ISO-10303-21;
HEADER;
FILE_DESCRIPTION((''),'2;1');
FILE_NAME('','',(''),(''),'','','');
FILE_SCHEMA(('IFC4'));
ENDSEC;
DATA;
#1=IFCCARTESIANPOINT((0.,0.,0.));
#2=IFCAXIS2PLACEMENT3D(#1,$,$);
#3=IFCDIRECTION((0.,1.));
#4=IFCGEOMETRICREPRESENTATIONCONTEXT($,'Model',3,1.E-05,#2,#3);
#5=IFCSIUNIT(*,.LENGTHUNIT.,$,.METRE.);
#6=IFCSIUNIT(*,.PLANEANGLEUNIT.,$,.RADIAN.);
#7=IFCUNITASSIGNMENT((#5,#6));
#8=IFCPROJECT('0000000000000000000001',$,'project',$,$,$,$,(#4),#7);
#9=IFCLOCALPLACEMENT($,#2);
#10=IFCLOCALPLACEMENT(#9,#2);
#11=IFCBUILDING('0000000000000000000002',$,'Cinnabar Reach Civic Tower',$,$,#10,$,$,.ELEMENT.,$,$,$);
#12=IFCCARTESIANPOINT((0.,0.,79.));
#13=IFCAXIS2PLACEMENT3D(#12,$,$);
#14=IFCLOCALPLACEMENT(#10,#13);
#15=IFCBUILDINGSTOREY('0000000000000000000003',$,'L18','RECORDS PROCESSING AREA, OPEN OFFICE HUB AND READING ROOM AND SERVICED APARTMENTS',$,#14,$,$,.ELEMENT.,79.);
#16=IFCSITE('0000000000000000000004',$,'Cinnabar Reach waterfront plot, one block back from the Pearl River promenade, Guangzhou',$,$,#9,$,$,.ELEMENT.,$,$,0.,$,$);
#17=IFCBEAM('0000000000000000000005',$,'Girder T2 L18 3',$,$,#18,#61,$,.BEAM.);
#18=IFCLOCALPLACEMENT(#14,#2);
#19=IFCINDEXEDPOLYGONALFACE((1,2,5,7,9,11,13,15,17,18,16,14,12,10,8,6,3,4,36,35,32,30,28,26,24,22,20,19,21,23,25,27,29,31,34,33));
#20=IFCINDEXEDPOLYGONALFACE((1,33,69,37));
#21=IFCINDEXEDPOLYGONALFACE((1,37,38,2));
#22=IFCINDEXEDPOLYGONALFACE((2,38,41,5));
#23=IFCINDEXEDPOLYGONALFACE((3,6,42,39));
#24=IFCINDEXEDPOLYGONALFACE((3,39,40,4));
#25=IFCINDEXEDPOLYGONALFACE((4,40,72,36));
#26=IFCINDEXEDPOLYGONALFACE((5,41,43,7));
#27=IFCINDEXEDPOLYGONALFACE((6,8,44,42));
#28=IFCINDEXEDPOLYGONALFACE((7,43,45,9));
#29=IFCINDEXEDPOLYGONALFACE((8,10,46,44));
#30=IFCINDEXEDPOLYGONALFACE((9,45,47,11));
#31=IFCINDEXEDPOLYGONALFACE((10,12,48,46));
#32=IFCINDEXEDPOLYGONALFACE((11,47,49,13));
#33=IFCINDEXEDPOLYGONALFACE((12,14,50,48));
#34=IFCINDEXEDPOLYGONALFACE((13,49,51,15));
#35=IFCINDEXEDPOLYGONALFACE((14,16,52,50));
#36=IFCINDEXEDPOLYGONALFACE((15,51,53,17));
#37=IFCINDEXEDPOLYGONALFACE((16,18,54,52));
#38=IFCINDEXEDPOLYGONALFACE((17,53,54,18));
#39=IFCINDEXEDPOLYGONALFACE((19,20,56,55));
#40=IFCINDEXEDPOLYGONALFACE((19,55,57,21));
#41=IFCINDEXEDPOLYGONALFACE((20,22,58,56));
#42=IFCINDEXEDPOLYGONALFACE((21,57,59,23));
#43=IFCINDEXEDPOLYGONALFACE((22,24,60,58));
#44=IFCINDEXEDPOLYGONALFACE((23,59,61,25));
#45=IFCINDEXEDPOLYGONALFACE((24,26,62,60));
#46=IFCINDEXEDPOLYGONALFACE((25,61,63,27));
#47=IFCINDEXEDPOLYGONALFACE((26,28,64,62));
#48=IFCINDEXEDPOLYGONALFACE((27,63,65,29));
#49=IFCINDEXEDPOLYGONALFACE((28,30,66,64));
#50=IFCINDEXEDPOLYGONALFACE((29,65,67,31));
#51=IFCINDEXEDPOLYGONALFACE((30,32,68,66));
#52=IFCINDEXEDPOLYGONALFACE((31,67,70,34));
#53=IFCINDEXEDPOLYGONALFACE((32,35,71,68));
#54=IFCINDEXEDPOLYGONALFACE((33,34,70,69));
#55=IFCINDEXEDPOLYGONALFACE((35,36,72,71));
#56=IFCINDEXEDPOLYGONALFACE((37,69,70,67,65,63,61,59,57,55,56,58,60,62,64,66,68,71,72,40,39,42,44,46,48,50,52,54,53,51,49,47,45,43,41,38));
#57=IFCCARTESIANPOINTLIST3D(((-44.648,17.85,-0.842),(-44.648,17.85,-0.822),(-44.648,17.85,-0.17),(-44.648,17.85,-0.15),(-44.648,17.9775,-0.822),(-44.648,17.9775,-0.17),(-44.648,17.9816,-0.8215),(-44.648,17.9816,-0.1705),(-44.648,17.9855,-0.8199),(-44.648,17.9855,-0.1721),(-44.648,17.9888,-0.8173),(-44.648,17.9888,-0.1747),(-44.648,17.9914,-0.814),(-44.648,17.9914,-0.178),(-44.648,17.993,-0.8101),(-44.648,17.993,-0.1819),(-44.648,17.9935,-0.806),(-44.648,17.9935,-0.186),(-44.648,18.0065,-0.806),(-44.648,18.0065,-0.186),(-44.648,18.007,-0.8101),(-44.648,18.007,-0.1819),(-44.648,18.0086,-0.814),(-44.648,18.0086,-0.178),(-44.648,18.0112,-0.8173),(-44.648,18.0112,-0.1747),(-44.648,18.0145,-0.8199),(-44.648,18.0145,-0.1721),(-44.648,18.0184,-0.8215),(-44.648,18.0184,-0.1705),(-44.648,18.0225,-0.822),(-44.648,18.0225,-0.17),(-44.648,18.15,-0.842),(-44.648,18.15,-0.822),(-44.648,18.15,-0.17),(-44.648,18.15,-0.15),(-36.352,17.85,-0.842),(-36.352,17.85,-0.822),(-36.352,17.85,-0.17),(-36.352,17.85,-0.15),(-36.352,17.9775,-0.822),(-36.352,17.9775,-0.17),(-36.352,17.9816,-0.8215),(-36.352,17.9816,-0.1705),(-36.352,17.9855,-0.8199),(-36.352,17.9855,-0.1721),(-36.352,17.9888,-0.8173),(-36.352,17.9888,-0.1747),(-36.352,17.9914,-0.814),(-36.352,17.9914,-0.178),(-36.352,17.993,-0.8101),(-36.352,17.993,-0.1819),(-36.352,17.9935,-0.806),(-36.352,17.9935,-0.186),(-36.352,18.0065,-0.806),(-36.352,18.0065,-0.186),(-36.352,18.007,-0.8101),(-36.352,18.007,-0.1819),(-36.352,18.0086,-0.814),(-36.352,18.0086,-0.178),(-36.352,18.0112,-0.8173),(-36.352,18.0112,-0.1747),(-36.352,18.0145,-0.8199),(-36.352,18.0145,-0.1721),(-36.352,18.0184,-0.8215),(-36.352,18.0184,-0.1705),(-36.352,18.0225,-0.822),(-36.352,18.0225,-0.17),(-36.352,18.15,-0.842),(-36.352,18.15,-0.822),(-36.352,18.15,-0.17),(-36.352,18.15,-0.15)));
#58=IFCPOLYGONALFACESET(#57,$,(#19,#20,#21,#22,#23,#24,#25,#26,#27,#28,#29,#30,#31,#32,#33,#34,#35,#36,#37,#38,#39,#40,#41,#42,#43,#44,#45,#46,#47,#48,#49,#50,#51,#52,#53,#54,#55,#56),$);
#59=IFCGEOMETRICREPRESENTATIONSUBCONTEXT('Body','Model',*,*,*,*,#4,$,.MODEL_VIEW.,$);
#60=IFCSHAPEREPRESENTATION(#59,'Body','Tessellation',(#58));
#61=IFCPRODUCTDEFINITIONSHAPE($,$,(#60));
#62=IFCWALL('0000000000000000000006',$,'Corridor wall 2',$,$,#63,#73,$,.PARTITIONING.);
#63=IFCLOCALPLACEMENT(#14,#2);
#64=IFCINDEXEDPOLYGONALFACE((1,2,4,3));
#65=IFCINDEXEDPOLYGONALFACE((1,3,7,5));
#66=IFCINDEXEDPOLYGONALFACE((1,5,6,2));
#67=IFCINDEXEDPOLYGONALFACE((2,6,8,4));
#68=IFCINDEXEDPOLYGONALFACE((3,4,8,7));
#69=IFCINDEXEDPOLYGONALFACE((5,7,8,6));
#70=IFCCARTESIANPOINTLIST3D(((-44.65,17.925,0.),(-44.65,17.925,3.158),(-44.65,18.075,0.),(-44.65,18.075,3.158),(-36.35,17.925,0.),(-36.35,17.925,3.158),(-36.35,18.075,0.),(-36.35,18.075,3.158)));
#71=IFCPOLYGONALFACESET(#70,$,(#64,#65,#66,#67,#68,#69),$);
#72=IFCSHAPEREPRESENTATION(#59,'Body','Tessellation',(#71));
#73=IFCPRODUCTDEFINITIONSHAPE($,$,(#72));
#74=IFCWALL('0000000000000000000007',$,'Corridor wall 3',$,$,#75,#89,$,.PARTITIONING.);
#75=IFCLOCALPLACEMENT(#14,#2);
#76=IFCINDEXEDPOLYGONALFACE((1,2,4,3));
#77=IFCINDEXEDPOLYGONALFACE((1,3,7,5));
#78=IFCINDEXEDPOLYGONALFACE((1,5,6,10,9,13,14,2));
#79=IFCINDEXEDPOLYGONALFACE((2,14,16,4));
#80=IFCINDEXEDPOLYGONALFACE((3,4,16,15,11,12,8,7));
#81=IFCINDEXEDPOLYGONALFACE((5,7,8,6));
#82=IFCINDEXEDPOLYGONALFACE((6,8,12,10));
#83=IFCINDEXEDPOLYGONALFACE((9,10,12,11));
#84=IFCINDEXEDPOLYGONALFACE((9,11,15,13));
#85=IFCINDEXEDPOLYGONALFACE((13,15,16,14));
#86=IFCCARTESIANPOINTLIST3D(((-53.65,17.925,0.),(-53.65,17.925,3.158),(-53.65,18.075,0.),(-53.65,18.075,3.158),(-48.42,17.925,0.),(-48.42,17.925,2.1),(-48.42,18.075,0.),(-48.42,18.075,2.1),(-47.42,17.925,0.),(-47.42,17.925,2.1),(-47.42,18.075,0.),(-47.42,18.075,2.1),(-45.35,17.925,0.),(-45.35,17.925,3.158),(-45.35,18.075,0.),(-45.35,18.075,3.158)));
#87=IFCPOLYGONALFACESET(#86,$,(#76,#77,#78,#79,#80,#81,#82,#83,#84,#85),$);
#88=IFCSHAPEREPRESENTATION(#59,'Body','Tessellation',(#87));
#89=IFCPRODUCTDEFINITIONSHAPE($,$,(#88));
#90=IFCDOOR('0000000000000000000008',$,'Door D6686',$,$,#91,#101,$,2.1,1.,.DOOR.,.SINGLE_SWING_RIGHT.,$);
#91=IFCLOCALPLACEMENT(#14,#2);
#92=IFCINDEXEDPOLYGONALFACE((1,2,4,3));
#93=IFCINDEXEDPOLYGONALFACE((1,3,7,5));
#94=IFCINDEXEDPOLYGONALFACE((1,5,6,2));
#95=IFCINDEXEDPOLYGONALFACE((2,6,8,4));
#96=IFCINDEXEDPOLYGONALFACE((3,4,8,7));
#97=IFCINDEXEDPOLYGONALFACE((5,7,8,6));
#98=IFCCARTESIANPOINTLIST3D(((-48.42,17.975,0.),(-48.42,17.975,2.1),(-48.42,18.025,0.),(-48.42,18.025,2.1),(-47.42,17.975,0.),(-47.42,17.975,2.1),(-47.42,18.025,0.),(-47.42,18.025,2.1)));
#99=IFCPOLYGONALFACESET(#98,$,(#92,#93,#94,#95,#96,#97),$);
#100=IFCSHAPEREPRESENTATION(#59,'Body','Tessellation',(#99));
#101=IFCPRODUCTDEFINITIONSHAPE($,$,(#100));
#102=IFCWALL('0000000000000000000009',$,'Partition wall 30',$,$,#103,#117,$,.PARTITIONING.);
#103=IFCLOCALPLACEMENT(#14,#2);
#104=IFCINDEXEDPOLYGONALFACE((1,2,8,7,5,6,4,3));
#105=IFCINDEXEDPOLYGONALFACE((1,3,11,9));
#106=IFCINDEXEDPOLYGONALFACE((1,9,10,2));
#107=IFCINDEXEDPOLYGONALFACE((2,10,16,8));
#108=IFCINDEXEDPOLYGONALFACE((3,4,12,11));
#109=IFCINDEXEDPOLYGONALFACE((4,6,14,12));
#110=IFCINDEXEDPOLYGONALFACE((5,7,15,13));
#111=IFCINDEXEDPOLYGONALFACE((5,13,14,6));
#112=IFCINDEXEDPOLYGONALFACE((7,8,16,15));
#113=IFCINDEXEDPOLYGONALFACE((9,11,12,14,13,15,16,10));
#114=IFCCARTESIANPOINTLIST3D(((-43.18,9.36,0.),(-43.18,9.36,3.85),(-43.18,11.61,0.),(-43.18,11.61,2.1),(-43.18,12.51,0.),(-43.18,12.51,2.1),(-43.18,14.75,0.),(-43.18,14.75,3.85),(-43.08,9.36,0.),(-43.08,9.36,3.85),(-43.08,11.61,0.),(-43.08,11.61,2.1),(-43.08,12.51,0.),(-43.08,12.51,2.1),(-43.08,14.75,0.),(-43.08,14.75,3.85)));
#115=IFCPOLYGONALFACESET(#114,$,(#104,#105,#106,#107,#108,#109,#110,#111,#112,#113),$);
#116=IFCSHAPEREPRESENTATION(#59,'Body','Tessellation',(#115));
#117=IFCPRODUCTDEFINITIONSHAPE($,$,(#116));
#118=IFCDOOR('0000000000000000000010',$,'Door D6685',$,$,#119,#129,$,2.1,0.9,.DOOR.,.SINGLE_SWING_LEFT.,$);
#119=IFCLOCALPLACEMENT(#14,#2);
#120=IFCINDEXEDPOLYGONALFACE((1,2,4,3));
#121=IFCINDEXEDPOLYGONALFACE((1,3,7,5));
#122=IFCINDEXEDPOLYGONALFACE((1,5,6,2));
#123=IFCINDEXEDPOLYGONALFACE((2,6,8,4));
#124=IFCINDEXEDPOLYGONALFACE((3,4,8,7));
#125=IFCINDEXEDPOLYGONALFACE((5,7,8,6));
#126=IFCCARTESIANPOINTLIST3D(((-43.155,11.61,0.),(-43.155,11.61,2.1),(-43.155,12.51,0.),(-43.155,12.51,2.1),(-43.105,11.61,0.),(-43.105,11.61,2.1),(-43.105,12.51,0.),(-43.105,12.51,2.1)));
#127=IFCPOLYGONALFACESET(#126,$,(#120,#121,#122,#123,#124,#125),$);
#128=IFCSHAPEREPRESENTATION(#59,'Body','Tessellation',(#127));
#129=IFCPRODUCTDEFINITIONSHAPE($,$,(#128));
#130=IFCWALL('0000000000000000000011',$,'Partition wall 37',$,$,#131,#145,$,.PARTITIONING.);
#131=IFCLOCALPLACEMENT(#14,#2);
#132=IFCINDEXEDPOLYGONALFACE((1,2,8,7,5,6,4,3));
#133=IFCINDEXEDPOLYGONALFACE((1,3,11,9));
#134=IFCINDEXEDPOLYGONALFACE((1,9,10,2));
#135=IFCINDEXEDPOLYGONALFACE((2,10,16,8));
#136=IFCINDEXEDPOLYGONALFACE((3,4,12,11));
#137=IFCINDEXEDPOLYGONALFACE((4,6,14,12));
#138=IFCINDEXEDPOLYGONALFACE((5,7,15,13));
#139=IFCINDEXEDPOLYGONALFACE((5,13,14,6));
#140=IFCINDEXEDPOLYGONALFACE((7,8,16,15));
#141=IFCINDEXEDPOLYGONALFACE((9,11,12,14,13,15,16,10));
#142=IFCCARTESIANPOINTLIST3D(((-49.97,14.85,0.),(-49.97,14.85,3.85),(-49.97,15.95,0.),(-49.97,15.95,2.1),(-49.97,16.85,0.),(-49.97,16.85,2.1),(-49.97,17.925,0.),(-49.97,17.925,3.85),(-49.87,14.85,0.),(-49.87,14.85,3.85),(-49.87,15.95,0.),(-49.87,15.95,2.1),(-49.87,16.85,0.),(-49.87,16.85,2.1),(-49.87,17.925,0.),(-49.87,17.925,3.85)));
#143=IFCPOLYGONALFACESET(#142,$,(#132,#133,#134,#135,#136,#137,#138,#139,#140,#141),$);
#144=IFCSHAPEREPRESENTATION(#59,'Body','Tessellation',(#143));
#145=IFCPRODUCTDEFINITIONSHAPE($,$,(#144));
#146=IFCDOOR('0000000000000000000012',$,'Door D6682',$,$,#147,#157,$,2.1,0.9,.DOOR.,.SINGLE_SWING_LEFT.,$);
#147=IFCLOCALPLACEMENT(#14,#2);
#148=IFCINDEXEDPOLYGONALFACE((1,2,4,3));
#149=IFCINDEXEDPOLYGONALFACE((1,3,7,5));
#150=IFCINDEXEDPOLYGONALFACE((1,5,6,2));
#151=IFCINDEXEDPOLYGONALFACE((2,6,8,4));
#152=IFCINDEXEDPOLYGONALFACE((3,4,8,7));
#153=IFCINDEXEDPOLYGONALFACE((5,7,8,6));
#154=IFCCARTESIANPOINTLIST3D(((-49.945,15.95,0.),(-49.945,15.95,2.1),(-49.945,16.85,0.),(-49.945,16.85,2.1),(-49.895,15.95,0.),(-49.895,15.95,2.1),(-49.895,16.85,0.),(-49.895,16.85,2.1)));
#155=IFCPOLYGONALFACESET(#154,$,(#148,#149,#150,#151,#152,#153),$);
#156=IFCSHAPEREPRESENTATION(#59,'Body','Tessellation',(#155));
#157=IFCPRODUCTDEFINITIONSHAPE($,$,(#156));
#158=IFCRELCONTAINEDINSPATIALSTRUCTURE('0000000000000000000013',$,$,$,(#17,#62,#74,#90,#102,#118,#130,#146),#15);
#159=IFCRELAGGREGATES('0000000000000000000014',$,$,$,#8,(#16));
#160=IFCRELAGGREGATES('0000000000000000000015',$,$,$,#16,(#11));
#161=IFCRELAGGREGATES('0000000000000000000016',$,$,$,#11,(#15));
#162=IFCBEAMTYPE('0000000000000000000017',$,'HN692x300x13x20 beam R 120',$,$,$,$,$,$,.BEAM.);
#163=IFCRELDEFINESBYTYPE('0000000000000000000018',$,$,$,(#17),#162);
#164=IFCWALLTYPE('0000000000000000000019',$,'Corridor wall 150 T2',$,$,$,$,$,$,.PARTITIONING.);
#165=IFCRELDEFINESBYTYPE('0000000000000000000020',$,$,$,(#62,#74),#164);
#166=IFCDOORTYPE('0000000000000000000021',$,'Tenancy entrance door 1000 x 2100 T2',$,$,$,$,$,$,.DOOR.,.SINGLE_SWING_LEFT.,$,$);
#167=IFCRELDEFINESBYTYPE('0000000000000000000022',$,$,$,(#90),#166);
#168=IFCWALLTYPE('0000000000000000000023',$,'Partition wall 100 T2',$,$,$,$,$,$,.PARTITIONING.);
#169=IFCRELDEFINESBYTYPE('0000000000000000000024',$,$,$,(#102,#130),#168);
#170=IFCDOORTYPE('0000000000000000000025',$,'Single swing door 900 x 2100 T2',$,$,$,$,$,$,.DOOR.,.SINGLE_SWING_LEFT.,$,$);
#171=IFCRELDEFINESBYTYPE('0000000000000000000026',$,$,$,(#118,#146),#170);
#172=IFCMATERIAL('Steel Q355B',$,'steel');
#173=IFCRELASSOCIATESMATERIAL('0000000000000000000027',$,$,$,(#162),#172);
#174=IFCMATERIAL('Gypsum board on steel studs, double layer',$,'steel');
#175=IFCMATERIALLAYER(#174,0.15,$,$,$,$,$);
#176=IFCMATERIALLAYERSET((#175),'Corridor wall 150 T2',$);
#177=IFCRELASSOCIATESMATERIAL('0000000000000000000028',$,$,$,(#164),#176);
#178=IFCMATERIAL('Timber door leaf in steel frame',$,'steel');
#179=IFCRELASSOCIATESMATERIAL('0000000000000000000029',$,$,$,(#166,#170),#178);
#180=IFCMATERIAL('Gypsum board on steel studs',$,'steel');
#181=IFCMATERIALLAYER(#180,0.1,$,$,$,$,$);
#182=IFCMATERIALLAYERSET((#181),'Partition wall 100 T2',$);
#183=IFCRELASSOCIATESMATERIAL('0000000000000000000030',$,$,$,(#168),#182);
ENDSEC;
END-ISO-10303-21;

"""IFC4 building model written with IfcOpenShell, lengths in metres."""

from ifc_helpers import new_model, si_unit, direction, frame, frame_2d, origin, origin_2d, place, context, subcontext, project, spatial, rectangle, i_section, extrude, material, layer, layer_set, material_profile, profile_set, type_object, element, fill, save


model = new_model("IFC4")

# Units and contexts
model_context = context("Model", 3, precision=1e-05, world=origin(), true_north=direction((0.0, 1.0)))
body_context = subcontext(model_context, "Body", "Model", "MODEL_VIEW")
ifc_project = project(units=[si_unit("LENGTHUNIT", "METRE"), si_unit("PLANEANGLEUNIT", "RADIAN")], contexts=[model_context])

# Site, building, storey
site_placement = place(None, origin())
site = spatial("IfcSite", under=ifc_project, at=site_placement, Name="Cinnabar Reach waterfront plot, one block back from the Pearl River promenade, Guangzhou", CompositionType="ELEMENT", RefElevation=0.0)
building_placement = place(site_placement, origin())
building = spatial("IfcBuilding", under=site, at=building_placement, Name="Cinnabar Reach Civic Tower", CompositionType="ELEMENT")
storey_placement = place(building_placement, frame((0.0, 0.0, 79.0)))
storey = spatial("IfcBuildingStorey", under=building, at=storey_placement, Name="L18", Description="RECORDS PROCESSING AREA, OPEN OFFICE HUB AND READING ROOM AND SERVICED APARTMENTS", CompositionType="ELEMENT", Elevation=79.0)

# Beam
ifc_material_1 = material(Name="Steel Q355B", Category="steel")
ifc_material_profile_1 = material_profile(ifc_material_1, i_section(OverallWidth=0.3, OverallDepth=0.692, WebThickness=0.013, FlangeThickness=0.02, FilletRadius=0.016, at=origin_2d()), Name="HN692x300x13x20")
ifc_profile_set_1 = profile_set([ifc_material_profile_1], Name="Steel Q355B")
beam_type_1 = type_object("IfcBeamType", Name="HN692x300x13x20 beam R 120", PredefinedType="BEAM", material=ifc_profile_set_1)
for number, where, z_axis, x_axis, name in (
    (1, (-44.648, 18.0, -0.496), (1.0, 0.0, 0.0), (0.0, 1.0, 0.0), "Girder T2 L18 3"),
):
    element("IfcBeam", number, at=place(storey_placement, frame(where, z_axis=z_axis, x_axis=x_axis)), inside=storey, type_object=beam_type_1, Name=name, PredefinedType="BEAM", context=body_context, shape_type="SweptSolid", body=[
        extrude(i_section(OverallWidth=0.3, OverallDepth=0.692, WebThickness=0.013, FlangeThickness=0.02, FilletRadius=0.016, at=origin_2d()), origin(), (0.0, 0.0, 1.0), 8.296),
    ])

# Wall
ifc_material_2 = material(Name="Gypsum board on steel studs, double layer", Category="steel")
ifc_layer_1 = layer(ifc_material_2, 0.15)
ifc_layer_set_1 = layer_set([ifc_layer_1], Name="Corridor wall 150 T2")
wall_type_1 = type_object("IfcWallType", Name="Corridor wall 150 T2", PredefinedType="PARTITIONING", material=ifc_layer_set_1)
wall_1_placement = place(storey_placement, frame((-44.65, 18.0, 0.0), z_axis=(0.0, 0.0, 1.0), x_axis=(1.0, 0.0, 0.0)))
element("IfcWall", 2, at=wall_1_placement, inside=storey, type_object=wall_type_1, Name="Corridor wall 2", PredefinedType="PARTITIONING", context=body_context, shape_type="SweptSolid", body=[
    extrude(rectangle(XDim=8.3, YDim=0.15, at=frame_2d((4.15, 0.0))), origin(), (0.0, 0.0, 1.0), 3.158),
])

# Walls, openings, doors
wall_2_placement = place(storey_placement, frame((-53.65, 18.0, 0.0), z_axis=(0.0, 0.0, 1.0), x_axis=(1.0, 0.0, 0.0)))
wall_2 = element("IfcWall", 3, at=wall_2_placement, inside=storey, type_object=wall_type_1, Name="Corridor wall 3", PredefinedType="PARTITIONING", context=body_context, shape_type="SweptSolid", body=[
    extrude(rectangle(XDim=8.3, YDim=0.15, at=frame_2d((4.15, 0.0))), origin(), (0.0, 0.0, 1.0), 3.158),
])
opening_1_placement = place(wall_2_placement, frame((5.23, 0.0, 0.0)))
opening_1 = element("IfcOpeningElement", 4, at=opening_1_placement, cuts=wall_2, PredefinedType="OPENING", context=body_context, shape_type="SweptSolid", body=[
    extrude(rectangle(XDim=1.0, YDim=2.1, at=frame_2d((0.5, 1.05))), frame((0.0, 0.085, 0.0), z_axis=(0.0, -1.0, 0.0), x_axis=(1.0, 0.0, 0.0)), (0.0, 0.0, 1.0), 0.17),
])
ifc_material_3 = material(Name="Timber door leaf in steel frame", Category="steel")
door_type_1 = type_object("IfcDoorType", Name="Tenancy entrance door 1000 x 2100 T2", OperationType="SINGLE_SWING_LEFT", PredefinedType="DOOR", material=ifc_material_3)
door_1_placement = place(opening_1_placement, frame((1.0, 0.0, 0.0), z_axis=(0.0, 0.0, 1.0), x_axis=(-1.0, 0.0, 0.0)))
door_1 = element("IfcDoor", 5, at=door_1_placement, inside=storey, type_object=door_type_1, Name="Door D6686", OperationType="SINGLE_SWING_RIGHT", OverallHeight=2.1, OverallWidth=1.0, PredefinedType="DOOR", context=body_context, shape_type="SweptSolid", body=[
    extrude(rectangle(XDim=1.0, YDim=2.1, at=frame_2d((0.5, 1.05))), frame((0.0, 0.025, 0.0), z_axis=(0.0, -1.0, 0.0), x_axis=(1.0, 0.0, 0.0)), (0.0, 0.0, 1.0), 0.05),
])
fill(opening_1, door_1)
ifc_material_4 = material(Name="Gypsum board on steel studs", Category="steel")
ifc_layer_2 = layer(ifc_material_4, 0.1)
ifc_layer_set_2 = layer_set([ifc_layer_2], Name="Partition wall 100 T2")
wall_type_2 = type_object("IfcWallType", Name="Partition wall 100 T2", PredefinedType="PARTITIONING", material=ifc_layer_set_2)
wall_3_placement = place(storey_placement, frame((-43.13, 9.36, 0.0), z_axis=(0.0, 0.0, 1.0), x_axis=(0.0, 1.0, 0.0)))
wall_3 = element("IfcWall", 6, at=wall_3_placement, inside=storey, type_object=wall_type_2, Name="Partition wall 30", PredefinedType="PARTITIONING", context=body_context, shape_type="SweptSolid", body=[
    extrude(rectangle(XDim=5.39, YDim=0.1, at=frame_2d((2.695, 0.0))), origin(), (0.0, 0.0, 1.0), 3.85),
])
opening_2_placement = place(wall_3_placement, frame((2.25, 0.0, 0.0)))
opening_2 = element("IfcOpeningElement", 7, at=opening_2_placement, cuts=wall_3, PredefinedType="OPENING", context=body_context, shape_type="SweptSolid", body=[
    extrude(rectangle(XDim=0.9, YDim=2.1, at=frame_2d((0.45, 1.05))), frame((0.0, 0.06, 0.0), z_axis=(0.0, -1.0, 0.0), x_axis=(1.0, 0.0, 0.0)), (0.0, 0.0, 1.0), 0.12),
])
door_type_2 = type_object("IfcDoorType", Name="Single swing door 900 x 2100 T2", OperationType="SINGLE_SWING_LEFT", PredefinedType="DOOR", material=ifc_material_3)
door_2_placement = place(opening_2_placement, frame((0.9, 0.0, 0.0), z_axis=(0.0, 0.0, 1.0), x_axis=(-1.0, 0.0, 0.0)))
door_2 = element("IfcDoor", 8, at=door_2_placement, inside=storey, type_object=door_type_2, Name="Door D6685", OperationType="SINGLE_SWING_LEFT", OverallHeight=2.1, OverallWidth=0.9, PredefinedType="DOOR", context=body_context, shape_type="SweptSolid", body=[
    extrude(rectangle(XDim=0.9, YDim=2.1, at=frame_2d((0.45, 1.05))), frame((0.0, 0.025, 0.0), z_axis=(0.0, -1.0, 0.0), x_axis=(1.0, 0.0, 0.0)), (0.0, 0.0, 1.0), 0.05),
])
fill(opening_2, door_2)
wall_4_placement = place(storey_placement, frame((-49.92, 14.85, 0.0), z_axis=(0.0, 0.0, 1.0), x_axis=(0.0, 1.0, 0.0)))
wall_4 = element("IfcWall", 9, at=wall_4_placement, inside=storey, type_object=wall_type_2, Name="Partition wall 37", PredefinedType="PARTITIONING", context=body_context, shape_type="SweptSolid", body=[
    extrude(rectangle(XDim=3.075, YDim=0.1, at=frame_2d((1.5375, 0.0))), origin(), (0.0, 0.0, 1.0), 3.85),
])
opening_3_placement = place(wall_4_placement, frame((1.1, 0.0, 0.0)))
opening_3 = element("IfcOpeningElement", 10, at=opening_3_placement, cuts=wall_4, PredefinedType="OPENING", context=body_context, shape_type="SweptSolid", body=[
    extrude(rectangle(XDim=0.9, YDim=2.1, at=frame_2d((0.45, 1.05))), frame((0.0, 0.06, 0.0), z_axis=(0.0, -1.0, 0.0), x_axis=(1.0, 0.0, 0.0)), (0.0, 0.0, 1.0), 0.12),
])
door_3_placement = place(opening_3_placement, origin())
door_3 = element("IfcDoor", 11, at=door_3_placement, inside=storey, type_object=door_type_2, Name="Door D6682", OperationType="SINGLE_SWING_LEFT", OverallHeight=2.1, OverallWidth=0.9, PredefinedType="DOOR", context=body_context, shape_type="SweptSolid", body=[
    extrude(rectangle(XDim=0.9, YDim=2.1, at=frame_2d((0.45, 1.05))), frame((0.0, 0.025, 0.0), z_axis=(0.0, -1.0, 0.0), x_axis=(1.0, 0.0, 0.0)), (0.0, 0.0, 1.0), 0.05),
])
fill(opening_3, door_3)

save(model, "model.ifc")
